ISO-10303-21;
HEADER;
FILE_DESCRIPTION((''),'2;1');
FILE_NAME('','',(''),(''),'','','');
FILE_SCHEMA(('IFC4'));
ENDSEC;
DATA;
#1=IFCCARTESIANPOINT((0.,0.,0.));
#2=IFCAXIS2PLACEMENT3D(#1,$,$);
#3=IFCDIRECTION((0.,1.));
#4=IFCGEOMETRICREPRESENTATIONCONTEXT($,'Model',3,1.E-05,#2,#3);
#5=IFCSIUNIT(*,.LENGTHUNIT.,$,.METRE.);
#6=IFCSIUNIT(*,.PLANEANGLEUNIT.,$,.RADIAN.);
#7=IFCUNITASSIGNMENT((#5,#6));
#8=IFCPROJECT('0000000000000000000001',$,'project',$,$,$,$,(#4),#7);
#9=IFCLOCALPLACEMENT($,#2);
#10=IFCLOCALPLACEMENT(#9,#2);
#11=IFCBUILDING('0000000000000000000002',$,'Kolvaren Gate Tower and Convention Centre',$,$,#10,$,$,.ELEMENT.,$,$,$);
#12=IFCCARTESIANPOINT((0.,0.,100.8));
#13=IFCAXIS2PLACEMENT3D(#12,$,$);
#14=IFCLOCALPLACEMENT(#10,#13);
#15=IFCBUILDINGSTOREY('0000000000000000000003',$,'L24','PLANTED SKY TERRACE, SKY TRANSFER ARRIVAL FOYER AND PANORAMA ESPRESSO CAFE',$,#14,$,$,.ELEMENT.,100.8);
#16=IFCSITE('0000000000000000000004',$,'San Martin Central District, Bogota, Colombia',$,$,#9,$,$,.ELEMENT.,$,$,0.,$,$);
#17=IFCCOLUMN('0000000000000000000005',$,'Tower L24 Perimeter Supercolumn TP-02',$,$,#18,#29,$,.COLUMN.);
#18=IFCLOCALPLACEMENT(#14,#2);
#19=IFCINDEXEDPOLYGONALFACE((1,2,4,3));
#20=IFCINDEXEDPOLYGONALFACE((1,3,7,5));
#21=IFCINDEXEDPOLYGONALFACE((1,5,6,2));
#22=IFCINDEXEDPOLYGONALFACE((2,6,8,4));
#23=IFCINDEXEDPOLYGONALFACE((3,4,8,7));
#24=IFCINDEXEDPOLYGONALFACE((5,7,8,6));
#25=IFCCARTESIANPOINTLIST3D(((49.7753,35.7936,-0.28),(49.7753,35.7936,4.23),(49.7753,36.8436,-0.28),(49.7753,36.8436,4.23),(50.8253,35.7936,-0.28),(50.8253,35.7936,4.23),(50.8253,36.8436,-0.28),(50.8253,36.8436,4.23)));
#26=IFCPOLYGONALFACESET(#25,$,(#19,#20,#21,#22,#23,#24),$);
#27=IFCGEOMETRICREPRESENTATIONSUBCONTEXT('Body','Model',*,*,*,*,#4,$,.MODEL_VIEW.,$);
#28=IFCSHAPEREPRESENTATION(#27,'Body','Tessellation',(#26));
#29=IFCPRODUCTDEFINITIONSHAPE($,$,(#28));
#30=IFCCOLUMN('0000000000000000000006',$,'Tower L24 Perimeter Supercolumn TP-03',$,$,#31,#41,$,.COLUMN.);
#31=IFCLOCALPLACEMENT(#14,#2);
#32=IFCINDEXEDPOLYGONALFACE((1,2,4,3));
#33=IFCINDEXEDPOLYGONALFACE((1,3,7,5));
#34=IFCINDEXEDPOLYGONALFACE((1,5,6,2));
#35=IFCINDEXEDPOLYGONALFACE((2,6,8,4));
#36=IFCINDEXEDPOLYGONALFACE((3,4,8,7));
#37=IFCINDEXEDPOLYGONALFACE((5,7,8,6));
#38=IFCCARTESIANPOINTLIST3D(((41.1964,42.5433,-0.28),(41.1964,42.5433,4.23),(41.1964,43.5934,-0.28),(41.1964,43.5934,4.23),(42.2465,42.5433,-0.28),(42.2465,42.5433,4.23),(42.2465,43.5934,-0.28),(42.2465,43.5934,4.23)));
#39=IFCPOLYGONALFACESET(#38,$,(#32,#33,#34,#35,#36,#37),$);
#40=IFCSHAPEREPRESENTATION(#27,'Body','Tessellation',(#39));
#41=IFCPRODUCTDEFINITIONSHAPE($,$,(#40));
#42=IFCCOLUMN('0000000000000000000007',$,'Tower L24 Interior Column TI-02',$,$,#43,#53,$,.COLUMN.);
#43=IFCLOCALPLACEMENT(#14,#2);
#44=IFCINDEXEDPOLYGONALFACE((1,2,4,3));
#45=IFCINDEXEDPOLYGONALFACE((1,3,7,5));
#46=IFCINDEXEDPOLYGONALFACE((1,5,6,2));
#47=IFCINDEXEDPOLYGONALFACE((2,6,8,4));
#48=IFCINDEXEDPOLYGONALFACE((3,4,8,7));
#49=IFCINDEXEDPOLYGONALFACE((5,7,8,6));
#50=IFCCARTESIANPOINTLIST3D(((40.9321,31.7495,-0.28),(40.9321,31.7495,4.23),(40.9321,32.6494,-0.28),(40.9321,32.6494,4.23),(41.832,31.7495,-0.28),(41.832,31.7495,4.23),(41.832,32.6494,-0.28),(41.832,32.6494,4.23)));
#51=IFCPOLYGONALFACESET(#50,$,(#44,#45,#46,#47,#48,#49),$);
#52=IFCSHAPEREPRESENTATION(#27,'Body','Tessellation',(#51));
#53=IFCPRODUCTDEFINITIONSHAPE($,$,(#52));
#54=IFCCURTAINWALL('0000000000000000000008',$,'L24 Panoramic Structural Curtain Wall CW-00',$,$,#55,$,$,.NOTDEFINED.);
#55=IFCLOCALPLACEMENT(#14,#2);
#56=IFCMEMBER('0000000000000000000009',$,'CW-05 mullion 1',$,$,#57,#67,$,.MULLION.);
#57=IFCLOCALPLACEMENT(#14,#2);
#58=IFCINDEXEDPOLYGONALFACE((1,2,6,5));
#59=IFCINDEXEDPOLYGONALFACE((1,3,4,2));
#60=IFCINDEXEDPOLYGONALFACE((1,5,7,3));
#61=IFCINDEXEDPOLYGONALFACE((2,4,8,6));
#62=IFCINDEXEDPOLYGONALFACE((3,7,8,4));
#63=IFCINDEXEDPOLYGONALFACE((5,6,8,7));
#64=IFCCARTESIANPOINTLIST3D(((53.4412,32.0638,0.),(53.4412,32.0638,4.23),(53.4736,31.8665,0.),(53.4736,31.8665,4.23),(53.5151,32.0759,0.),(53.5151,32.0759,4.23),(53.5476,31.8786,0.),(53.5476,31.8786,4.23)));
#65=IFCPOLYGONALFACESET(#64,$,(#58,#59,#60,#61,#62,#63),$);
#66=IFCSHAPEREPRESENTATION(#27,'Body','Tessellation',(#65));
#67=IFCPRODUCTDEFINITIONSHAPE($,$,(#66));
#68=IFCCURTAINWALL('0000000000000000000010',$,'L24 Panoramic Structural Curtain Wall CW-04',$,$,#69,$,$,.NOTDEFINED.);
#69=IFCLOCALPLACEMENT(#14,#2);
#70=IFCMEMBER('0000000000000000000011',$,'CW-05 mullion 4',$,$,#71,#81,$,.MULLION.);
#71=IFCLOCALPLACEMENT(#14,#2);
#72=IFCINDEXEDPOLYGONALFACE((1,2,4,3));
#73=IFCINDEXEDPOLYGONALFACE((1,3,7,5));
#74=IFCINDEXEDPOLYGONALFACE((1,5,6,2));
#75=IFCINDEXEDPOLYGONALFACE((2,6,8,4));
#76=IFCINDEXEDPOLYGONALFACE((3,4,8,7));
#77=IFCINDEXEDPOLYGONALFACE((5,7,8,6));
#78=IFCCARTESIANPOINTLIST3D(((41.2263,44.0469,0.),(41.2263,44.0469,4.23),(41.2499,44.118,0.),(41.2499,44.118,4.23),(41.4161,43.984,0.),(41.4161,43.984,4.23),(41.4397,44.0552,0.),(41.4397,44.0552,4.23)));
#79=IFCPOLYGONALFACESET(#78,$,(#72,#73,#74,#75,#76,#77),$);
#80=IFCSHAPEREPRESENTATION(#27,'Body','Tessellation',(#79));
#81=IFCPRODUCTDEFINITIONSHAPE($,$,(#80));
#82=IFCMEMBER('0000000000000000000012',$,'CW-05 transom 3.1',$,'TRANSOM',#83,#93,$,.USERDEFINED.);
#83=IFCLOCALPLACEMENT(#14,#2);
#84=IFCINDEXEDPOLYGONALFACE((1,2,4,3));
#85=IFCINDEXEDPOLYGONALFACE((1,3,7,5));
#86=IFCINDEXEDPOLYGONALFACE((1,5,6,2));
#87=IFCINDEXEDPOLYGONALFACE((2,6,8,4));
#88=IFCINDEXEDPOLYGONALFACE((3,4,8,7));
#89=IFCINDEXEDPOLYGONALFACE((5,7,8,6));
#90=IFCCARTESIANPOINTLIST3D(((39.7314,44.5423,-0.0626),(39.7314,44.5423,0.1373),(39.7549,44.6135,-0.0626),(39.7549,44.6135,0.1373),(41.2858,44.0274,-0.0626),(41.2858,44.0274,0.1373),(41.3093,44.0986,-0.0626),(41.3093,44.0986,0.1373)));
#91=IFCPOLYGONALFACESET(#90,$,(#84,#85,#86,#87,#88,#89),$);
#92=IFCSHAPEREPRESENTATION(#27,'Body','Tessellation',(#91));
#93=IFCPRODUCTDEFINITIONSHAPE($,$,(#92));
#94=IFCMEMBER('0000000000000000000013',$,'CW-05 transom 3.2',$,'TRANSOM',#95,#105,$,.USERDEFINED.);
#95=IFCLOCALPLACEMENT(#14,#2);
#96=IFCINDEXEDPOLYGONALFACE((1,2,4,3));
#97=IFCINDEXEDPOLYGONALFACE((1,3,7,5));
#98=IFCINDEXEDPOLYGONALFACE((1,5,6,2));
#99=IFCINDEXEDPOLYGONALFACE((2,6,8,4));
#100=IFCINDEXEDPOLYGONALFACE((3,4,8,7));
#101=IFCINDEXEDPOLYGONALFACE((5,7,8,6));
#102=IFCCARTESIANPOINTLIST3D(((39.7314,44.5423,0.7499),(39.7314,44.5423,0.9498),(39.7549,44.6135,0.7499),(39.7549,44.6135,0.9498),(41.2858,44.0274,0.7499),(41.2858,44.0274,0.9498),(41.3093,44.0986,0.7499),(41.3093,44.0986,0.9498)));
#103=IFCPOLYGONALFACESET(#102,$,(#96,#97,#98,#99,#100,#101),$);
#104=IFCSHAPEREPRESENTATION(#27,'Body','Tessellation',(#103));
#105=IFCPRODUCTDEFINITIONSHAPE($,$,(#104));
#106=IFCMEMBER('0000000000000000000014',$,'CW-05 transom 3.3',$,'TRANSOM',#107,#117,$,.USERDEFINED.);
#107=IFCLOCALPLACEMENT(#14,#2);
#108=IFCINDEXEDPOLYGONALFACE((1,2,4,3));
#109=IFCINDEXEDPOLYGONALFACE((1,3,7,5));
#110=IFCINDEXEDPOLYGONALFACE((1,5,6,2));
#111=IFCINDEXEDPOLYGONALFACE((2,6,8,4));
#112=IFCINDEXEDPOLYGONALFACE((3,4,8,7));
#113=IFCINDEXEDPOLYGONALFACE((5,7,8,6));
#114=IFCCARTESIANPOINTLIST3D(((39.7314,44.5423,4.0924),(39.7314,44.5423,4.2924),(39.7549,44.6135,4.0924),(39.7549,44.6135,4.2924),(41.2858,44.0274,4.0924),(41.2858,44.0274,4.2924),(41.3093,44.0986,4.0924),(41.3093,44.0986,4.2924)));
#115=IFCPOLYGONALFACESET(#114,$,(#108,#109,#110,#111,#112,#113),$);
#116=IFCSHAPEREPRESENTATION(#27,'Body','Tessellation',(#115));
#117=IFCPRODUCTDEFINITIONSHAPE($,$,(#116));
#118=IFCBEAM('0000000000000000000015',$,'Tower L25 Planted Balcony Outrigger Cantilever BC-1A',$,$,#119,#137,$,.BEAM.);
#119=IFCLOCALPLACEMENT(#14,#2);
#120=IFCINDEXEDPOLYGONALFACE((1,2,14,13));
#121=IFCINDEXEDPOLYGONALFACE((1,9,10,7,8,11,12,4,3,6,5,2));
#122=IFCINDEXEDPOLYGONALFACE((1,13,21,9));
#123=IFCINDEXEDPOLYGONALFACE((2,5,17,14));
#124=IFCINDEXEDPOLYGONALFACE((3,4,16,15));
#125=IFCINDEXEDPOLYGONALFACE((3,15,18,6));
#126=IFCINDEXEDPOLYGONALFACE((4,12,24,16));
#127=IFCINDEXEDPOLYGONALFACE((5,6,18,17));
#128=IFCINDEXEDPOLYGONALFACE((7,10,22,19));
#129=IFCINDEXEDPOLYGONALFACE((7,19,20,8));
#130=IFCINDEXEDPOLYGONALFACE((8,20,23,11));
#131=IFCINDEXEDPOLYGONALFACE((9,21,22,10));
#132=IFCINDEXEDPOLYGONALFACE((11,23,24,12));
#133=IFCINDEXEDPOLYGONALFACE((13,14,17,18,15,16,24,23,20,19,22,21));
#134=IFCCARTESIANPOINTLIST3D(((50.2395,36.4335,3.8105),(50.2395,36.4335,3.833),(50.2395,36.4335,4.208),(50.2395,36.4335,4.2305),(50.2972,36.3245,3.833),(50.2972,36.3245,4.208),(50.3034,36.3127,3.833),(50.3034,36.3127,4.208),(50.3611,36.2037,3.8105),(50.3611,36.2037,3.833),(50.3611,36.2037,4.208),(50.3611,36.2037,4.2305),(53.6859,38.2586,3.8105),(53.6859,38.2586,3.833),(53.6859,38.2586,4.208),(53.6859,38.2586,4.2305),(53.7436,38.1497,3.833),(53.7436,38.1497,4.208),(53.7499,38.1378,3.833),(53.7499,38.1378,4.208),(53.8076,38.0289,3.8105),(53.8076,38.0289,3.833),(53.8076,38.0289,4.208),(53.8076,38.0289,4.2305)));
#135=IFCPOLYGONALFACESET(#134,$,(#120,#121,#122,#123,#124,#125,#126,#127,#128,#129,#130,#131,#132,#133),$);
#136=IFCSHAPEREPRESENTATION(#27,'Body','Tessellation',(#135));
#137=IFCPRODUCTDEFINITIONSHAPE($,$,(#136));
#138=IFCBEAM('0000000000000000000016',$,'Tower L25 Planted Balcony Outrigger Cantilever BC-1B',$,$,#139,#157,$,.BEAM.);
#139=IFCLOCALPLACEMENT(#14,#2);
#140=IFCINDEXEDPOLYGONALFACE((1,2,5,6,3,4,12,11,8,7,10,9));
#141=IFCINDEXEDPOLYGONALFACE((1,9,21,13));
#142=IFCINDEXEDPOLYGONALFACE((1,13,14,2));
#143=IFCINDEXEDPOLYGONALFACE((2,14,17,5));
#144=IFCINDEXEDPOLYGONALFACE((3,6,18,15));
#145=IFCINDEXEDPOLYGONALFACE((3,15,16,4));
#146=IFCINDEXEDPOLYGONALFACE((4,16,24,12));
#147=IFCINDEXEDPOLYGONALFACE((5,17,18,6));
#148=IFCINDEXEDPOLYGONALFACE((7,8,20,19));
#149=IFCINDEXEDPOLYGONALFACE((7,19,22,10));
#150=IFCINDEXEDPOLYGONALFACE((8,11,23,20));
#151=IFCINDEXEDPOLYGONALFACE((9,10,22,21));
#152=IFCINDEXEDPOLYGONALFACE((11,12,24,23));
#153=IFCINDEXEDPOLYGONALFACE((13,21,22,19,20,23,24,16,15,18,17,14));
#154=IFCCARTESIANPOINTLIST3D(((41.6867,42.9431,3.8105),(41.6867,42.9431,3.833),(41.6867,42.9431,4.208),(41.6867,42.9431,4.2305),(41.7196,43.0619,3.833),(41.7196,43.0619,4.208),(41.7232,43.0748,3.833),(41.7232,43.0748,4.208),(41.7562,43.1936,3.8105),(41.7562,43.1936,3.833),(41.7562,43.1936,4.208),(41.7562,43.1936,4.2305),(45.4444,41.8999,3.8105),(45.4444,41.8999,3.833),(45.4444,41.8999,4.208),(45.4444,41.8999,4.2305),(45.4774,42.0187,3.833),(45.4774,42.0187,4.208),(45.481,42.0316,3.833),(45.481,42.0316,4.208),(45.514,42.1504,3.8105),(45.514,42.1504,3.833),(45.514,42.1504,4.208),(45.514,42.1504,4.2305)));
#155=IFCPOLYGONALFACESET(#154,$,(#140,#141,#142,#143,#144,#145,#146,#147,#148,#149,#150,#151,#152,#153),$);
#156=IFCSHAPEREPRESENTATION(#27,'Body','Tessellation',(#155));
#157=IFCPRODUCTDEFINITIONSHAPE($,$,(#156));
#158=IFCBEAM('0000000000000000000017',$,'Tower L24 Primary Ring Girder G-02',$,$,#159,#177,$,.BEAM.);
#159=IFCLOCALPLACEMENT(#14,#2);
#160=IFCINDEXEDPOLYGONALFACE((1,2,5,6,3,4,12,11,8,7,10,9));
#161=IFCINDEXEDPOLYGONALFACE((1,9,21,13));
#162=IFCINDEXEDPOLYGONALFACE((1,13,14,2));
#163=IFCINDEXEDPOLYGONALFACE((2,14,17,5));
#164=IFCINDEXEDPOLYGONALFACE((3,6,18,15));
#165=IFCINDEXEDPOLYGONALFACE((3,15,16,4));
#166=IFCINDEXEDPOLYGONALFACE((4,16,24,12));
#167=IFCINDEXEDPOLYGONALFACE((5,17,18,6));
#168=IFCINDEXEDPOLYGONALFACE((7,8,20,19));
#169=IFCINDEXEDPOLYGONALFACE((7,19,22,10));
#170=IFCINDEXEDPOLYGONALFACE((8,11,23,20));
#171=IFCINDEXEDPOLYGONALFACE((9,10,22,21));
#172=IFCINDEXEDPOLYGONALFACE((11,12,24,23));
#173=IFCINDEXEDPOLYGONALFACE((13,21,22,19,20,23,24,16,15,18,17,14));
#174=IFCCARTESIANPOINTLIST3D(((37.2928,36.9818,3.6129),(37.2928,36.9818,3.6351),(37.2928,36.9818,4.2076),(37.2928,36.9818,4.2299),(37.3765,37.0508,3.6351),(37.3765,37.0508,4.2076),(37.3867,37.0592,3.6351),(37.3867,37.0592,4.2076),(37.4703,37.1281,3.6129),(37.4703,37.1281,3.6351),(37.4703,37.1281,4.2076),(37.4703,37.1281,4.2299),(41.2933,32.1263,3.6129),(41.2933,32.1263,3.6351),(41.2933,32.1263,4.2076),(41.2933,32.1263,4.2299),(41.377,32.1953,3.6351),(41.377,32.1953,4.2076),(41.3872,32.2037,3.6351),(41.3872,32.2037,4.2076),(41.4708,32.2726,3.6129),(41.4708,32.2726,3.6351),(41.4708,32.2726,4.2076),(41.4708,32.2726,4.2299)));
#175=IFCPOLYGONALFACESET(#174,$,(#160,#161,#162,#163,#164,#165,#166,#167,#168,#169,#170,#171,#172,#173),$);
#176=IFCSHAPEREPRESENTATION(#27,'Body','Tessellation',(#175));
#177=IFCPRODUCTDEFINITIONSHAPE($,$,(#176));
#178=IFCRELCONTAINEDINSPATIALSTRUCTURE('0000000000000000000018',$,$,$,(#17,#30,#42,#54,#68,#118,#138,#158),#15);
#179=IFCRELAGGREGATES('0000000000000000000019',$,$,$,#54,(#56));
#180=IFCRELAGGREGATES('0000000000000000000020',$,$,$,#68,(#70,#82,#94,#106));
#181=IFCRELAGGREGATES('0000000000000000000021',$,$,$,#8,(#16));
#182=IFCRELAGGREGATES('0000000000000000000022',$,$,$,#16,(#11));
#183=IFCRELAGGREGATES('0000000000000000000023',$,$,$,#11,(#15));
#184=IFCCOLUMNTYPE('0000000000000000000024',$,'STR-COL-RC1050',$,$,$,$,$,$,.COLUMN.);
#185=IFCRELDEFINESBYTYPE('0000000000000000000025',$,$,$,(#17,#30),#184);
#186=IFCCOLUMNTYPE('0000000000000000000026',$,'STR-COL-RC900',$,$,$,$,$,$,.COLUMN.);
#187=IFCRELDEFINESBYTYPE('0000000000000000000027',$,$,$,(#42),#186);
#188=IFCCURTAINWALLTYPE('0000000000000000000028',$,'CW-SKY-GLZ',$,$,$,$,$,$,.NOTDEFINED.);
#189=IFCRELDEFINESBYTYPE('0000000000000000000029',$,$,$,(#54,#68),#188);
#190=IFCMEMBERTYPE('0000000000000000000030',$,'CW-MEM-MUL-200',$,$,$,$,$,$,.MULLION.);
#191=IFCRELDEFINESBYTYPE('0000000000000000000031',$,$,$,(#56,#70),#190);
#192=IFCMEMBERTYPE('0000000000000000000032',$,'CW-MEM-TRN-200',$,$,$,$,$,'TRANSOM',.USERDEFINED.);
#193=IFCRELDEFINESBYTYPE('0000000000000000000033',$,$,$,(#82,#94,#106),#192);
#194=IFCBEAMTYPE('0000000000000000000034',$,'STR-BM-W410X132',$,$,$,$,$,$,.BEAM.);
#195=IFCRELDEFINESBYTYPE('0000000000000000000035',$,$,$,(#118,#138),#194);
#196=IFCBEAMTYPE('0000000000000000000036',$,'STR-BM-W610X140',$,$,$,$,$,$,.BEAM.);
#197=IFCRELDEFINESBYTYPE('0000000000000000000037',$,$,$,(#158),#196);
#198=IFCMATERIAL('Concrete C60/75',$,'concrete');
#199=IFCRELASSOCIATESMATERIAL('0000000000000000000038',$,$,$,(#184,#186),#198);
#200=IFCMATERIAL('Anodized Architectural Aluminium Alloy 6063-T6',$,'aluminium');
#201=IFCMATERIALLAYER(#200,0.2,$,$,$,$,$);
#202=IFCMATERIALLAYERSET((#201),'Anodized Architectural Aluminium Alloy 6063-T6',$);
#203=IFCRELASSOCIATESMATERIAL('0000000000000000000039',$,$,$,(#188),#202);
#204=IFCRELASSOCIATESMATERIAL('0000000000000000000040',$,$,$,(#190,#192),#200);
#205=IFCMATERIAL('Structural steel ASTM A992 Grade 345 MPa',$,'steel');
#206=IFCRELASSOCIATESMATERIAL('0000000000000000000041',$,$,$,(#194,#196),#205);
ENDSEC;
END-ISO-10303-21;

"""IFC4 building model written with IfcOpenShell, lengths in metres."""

from ifc_helpers import new_model, si_unit, direction, frame, origin, origin_2d, place, context, subcontext, project, spatial, rectangle, i_section, extrude, material, layer, layer_set, material_profile, profile_set, type_object, element, aggregate, save


model = new_model("IFC4")

# Units and contexts
model_context = context("Model", 3, precision=1e-05, world=origin(), true_north=direction((0.0, 1.0)))
body_context = subcontext(model_context, "Body", "Model", "MODEL_VIEW")
ifc_project = project(units=[si_unit("LENGTHUNIT", "METRE"), si_unit("PLANEANGLEUNIT", "RADIAN")], contexts=[model_context])

# Site, building, storey
site_placement = place(None, origin())
site = spatial("IfcSite", under=ifc_project, at=site_placement, Name="San Martin Central District, Bogota, Colombia", CompositionType="ELEMENT", RefElevation=0.0)
building_placement = place(site_placement, origin())
building = spatial("IfcBuilding", under=site, at=building_placement, Name="Kolvaren Gate Tower and Convention Centre", CompositionType="ELEMENT")
storey_placement = place(building_placement, frame((0.0, 0.0, 100.8)))
storey = spatial("IfcBuildingStorey", under=building, at=storey_placement, Name="L24", Description="PLANTED SKY TERRACE, SKY TRANSFER ARRIVAL FOYER AND PANORAMA ESPRESSO CAFE", CompositionType="ELEMENT", Elevation=100.8)

# Columns
ifc_material_1 = material(Name="Concrete C60/75", Category="concrete")
ifc_material_profile_1 = material_profile(ifc_material_1, rectangle(XDim=1.05, YDim=1.05, at=origin_2d()), Name="RC-COL-1050X1050")
ifc_profile_set_1 = profile_set([ifc_material_profile_1], Name="Concrete C60/75")
column_type_1 = type_object("IfcColumnType", Name="STR-COL-RC1050", PredefinedType="COLUMN", material=ifc_profile_set_1)
for number, where, z_axis, x_axis, name in (
    (1, (50.3003, 36.3186, -0.28), (0.0, 0.0, 1.0), (1.0, 0.0, 0.0), "Tower L24 Perimeter Supercolumn TP-02"),
    (2, (41.7214, 43.0684, -0.28), (0.0, 0.0, 1.0), (1.0, 0.0, 0.0), "Tower L24 Perimeter Supercolumn TP-03"),
):
    element("IfcColumn", number, at=place(storey_placement, frame(where, z_axis=z_axis, x_axis=x_axis)), inside=storey, type_object=column_type_1, Name=name, PredefinedType="COLUMN", context=body_context, shape_type="SweptSolid", body=[
        extrude(rectangle(XDim=1.05, YDim=1.05, at=origin_2d()), origin(), (0.0, 0.0, 1.0), 4.51),
    ])
ifc_material_profile_2 = material_profile(ifc_material_1, rectangle(XDim=0.8999, YDim=0.8999, at=origin_2d()), Name="RC-COL-900X900")
ifc_profile_set_2 = profile_set([ifc_material_profile_2], Name="Concrete C60/75")
column_type_2 = type_object("IfcColumnType", Name="STR-COL-RC900", PredefinedType="COLUMN", material=ifc_profile_set_2)
column_placement = place(storey_placement, frame((41.3821, 32.1995, -0.28), z_axis=(0.0, 0.0, 1.0), x_axis=(1.0, 0.0, 0.0)))
element("IfcColumn", 3, at=column_placement, inside=storey, type_object=column_type_2, Name="Tower L24 Interior Column TI-02", PredefinedType="COLUMN", context=body_context, shape_type="SweptSolid", body=[
    extrude(rectangle(XDim=0.8999, YDim=0.8999, at=origin_2d()), origin(), (0.0, 0.0, 1.0), 4.51),
])

# Curtain wall, member
ifc_material_2 = material(Name="Anodized Architectural Aluminium Alloy 6063-T6", Category="aluminium")
ifc_layer_1 = layer(ifc_material_2, 0.2)
ifc_layer_set_1 = layer_set([ifc_layer_1], Name="Anodized Architectural Aluminium Alloy 6063-T6")
curtain_wall_type = type_object("IfcCurtainWallType", Name="CW-SKY-GLZ", PredefinedType="NOTDEFINED", material=ifc_layer_set_1)
curtain_wall_1_placement = place(storey_placement, origin())
curtain_wall_1 = element("IfcCurtainWall", 4, at=curtain_wall_1_placement, inside=storey, type_object=curtain_wall_type, Name="L24 Panoramic Structural Curtain Wall CW-00", PredefinedType="NOTDEFINED")
ifc_material_profile_3 = material_profile(ifc_material_2, rectangle(XDim=0.075, YDim=0.2, at=origin_2d()), Name="CW-MEM-MUL-200")
ifc_profile_set_3 = profile_set([ifc_material_profile_3], Name="Anodized Architectural Aluminium Alloy 6063-T6")
member_type_1 = type_object("IfcMemberType", Name="CW-MEM-MUL-200", PredefinedType="MULLION", material=ifc_profile_set_3)
member_1_placement = place(storey_placement, frame((53.4944, 31.9712, 0.0), z_axis=(0.0, 0.0, 1.0), x_axis=(0.986726, 0.162391, 0.0)))
member_1 = element("IfcMember", 5, at=member_1_placement, type_object=member_type_1, Name="CW-05 mullion 1", PredefinedType="MULLION", context=body_context, shape_type="SweptSolid", body=[
    extrude(rectangle(XDim=0.075, YDim=0.2, at=origin_2d()), origin(), (0.0, 0.0, 1.0), 4.23),
])
aggregate(curtain_wall_1, [member_1])

# Curtain wall, members
curtain_wall_2_placement = place(storey_placement, origin())
curtain_wall_2 = element("IfcCurtainWall", 6, at=curtain_wall_2_placement, inside=storey, type_object=curtain_wall_type, Name="L24 Panoramic Structural Curtain Wall CW-04", PredefinedType="NOTDEFINED")
member_2_placement = place(storey_placement, frame((41.333, 44.051, 0.0), z_axis=(0.0, 0.0, 1.0), x_axis=(0.314553, 0.94924, 0.0)))
member_2 = element("IfcMember", 7, at=member_2_placement, type_object=member_type_1, Name="CW-05 mullion 4", PredefinedType="MULLION", context=body_context, shape_type="SweptSolid", body=[
    extrude(rectangle(XDim=0.075, YDim=0.2, at=origin_2d()), origin(), (0.0, 0.0, 1.0), 4.23),
])
ifc_material_profile_4 = material_profile(ifc_material_2, rectangle(XDim=0.075, YDim=0.2, at=origin_2d()), Name="CW-MEM-TRN-200")
ifc_profile_set_4 = profile_set([ifc_material_profile_4], Name="Anodized Architectural Aluminium Alloy 6063-T6")
member_type_2 = type_object("IfcMemberType", Name="CW-MEM-TRN-200", ElementType="TRANSOM", PredefinedType="USERDEFINED", material=ifc_profile_set_4)
member_3_placement = place(storey_placement, frame((39.7432, 44.5779, 0.0374), z_axis=(0.949278, -0.314438, 0.0), x_axis=(0.314438, 0.949278, 0.0)))
member_3 = element("IfcMember", 8, at=member_3_placement, type_object=member_type_2, Name="CW-05 transom 3.1", ObjectType="TRANSOM", PredefinedType="USERDEFINED", context=body_context, shape_type="SweptSolid", body=[
    extrude(rectangle(XDim=0.075, YDim=0.2, at=origin_2d()), origin(), (0.0, 0.0, 1.0), 1.6375),
])
member_4_placement = place(storey_placement, frame((39.7432, 44.5779, 0.8499), z_axis=(0.949278, -0.314438, 0.0), x_axis=(0.314438, 0.949278, 0.0)))
member_4 = element("IfcMember", 9, at=member_4_placement, type_object=member_type_2, Name="CW-05 transom 3.2", ObjectType="TRANSOM", PredefinedType="USERDEFINED", context=body_context, shape_type="SweptSolid", body=[
    extrude(rectangle(XDim=0.075, YDim=0.2, at=origin_2d()), origin(), (0.0, 0.0, 1.0), 1.6375),
])
member_5_placement = place(storey_placement, frame((39.7432, 44.5779, 4.1924), z_axis=(0.949278, -0.314438, 0.0), x_axis=(0.314438, 0.949278, 0.0)))
member_5 = element("IfcMember", 10, at=member_5_placement, type_object=member_type_2, Name="CW-05 transom 3.3", ObjectType="TRANSOM", PredefinedType="USERDEFINED", context=body_context, shape_type="SweptSolid", body=[
    extrude(rectangle(XDim=0.075, YDim=0.2, at=origin_2d()), origin(), (0.0, 0.0, 1.0), 1.6375),
])

# Beams
ifc_material_3 = material(Name="Structural steel ASTM A992 Grade 345 MPa", Category="steel")
ifc_material_profile_5 = material_profile(ifc_material_3, i_section(OverallWidth=0.26, OverallDepth=0.4199, WebThickness=0.0134, FlangeThickness=0.0225, at=origin_2d()), Name="W410X132")
ifc_profile_set_5 = profile_set([ifc_material_profile_5], Name="Structural steel ASTM A992 Grade 345 MPa")
beam_type_1 = type_object("IfcBeamType", Name="STR-BM-W410X132", PredefinedType="BEAM", material=ifc_profile_set_5)
for number, where, z_axis, x_axis, name in (
    (11, (50.3003, 36.3186, 4.0205), (0.883729, 0.468, 0.0), (-0.468, 0.883729, 0.0), "Tower L25 Planted Balcony Outrigger Cantilever BC-1A"),
    (12, (41.7214, 43.0684, 4.0205), (0.963559, -0.267495, 0.0), (0.267495, 0.963559, 0.0), "Tower L25 Planted Balcony Outrigger Cantilever BC-1B"),
):
    element("IfcBeam", number, at=place(storey_placement, frame(where, z_axis=z_axis, x_axis=x_axis)), inside=storey, type_object=beam_type_1, Name=name, PredefinedType="BEAM", context=body_context, shape_type="SweptSolid", body=[
        extrude(i_section(OverallWidth=0.26, OverallDepth=0.4199, WebThickness=0.0134, FlangeThickness=0.0225, at=origin_2d()), origin(), (0.0, 0.0, 1.0), 3.8999),
    ])
ifc_material_profile_6 = material_profile(ifc_material_3, i_section(OverallWidth=0.23, OverallDepth=0.6169, WebThickness=0.0132, FlangeThickness=0.0222, at=origin_2d()), Name="W610X140")
ifc_profile_set_6 = profile_set([ifc_material_profile_6], Name="Structural steel ASTM A992 Grade 345 MPa")
beam_type_2 = type_object("IfcBeamType", Name="STR-BM-W610X140", PredefinedType="BEAM", material=ifc_profile_set_6)
beam_1_placement = place(storey_placement, frame((41.3821, 32.1995, 3.9214), z_axis=(-0.635884, 0.771785, 0.0), x_axis=(-0.771785, -0.635884, 0.0)))
element("IfcBeam", 13, at=beam_1_placement, inside=storey, type_object=beam_type_2, Name="Tower L24 Primary Ring Girder G-02", PredefinedType="BEAM", context=body_context, shape_type="SweptSolid", body=[
    extrude(i_section(OverallWidth=0.23, OverallDepth=0.6169, WebThickness=0.0132, FlangeThickness=0.0222, at=origin_2d()), origin(), (0.0, 0.0, 1.0), 6.2913),
])

aggregate(curtain_wall_2, [member_2, member_3, member_4, member_5])

save(model, "model.ifc")
